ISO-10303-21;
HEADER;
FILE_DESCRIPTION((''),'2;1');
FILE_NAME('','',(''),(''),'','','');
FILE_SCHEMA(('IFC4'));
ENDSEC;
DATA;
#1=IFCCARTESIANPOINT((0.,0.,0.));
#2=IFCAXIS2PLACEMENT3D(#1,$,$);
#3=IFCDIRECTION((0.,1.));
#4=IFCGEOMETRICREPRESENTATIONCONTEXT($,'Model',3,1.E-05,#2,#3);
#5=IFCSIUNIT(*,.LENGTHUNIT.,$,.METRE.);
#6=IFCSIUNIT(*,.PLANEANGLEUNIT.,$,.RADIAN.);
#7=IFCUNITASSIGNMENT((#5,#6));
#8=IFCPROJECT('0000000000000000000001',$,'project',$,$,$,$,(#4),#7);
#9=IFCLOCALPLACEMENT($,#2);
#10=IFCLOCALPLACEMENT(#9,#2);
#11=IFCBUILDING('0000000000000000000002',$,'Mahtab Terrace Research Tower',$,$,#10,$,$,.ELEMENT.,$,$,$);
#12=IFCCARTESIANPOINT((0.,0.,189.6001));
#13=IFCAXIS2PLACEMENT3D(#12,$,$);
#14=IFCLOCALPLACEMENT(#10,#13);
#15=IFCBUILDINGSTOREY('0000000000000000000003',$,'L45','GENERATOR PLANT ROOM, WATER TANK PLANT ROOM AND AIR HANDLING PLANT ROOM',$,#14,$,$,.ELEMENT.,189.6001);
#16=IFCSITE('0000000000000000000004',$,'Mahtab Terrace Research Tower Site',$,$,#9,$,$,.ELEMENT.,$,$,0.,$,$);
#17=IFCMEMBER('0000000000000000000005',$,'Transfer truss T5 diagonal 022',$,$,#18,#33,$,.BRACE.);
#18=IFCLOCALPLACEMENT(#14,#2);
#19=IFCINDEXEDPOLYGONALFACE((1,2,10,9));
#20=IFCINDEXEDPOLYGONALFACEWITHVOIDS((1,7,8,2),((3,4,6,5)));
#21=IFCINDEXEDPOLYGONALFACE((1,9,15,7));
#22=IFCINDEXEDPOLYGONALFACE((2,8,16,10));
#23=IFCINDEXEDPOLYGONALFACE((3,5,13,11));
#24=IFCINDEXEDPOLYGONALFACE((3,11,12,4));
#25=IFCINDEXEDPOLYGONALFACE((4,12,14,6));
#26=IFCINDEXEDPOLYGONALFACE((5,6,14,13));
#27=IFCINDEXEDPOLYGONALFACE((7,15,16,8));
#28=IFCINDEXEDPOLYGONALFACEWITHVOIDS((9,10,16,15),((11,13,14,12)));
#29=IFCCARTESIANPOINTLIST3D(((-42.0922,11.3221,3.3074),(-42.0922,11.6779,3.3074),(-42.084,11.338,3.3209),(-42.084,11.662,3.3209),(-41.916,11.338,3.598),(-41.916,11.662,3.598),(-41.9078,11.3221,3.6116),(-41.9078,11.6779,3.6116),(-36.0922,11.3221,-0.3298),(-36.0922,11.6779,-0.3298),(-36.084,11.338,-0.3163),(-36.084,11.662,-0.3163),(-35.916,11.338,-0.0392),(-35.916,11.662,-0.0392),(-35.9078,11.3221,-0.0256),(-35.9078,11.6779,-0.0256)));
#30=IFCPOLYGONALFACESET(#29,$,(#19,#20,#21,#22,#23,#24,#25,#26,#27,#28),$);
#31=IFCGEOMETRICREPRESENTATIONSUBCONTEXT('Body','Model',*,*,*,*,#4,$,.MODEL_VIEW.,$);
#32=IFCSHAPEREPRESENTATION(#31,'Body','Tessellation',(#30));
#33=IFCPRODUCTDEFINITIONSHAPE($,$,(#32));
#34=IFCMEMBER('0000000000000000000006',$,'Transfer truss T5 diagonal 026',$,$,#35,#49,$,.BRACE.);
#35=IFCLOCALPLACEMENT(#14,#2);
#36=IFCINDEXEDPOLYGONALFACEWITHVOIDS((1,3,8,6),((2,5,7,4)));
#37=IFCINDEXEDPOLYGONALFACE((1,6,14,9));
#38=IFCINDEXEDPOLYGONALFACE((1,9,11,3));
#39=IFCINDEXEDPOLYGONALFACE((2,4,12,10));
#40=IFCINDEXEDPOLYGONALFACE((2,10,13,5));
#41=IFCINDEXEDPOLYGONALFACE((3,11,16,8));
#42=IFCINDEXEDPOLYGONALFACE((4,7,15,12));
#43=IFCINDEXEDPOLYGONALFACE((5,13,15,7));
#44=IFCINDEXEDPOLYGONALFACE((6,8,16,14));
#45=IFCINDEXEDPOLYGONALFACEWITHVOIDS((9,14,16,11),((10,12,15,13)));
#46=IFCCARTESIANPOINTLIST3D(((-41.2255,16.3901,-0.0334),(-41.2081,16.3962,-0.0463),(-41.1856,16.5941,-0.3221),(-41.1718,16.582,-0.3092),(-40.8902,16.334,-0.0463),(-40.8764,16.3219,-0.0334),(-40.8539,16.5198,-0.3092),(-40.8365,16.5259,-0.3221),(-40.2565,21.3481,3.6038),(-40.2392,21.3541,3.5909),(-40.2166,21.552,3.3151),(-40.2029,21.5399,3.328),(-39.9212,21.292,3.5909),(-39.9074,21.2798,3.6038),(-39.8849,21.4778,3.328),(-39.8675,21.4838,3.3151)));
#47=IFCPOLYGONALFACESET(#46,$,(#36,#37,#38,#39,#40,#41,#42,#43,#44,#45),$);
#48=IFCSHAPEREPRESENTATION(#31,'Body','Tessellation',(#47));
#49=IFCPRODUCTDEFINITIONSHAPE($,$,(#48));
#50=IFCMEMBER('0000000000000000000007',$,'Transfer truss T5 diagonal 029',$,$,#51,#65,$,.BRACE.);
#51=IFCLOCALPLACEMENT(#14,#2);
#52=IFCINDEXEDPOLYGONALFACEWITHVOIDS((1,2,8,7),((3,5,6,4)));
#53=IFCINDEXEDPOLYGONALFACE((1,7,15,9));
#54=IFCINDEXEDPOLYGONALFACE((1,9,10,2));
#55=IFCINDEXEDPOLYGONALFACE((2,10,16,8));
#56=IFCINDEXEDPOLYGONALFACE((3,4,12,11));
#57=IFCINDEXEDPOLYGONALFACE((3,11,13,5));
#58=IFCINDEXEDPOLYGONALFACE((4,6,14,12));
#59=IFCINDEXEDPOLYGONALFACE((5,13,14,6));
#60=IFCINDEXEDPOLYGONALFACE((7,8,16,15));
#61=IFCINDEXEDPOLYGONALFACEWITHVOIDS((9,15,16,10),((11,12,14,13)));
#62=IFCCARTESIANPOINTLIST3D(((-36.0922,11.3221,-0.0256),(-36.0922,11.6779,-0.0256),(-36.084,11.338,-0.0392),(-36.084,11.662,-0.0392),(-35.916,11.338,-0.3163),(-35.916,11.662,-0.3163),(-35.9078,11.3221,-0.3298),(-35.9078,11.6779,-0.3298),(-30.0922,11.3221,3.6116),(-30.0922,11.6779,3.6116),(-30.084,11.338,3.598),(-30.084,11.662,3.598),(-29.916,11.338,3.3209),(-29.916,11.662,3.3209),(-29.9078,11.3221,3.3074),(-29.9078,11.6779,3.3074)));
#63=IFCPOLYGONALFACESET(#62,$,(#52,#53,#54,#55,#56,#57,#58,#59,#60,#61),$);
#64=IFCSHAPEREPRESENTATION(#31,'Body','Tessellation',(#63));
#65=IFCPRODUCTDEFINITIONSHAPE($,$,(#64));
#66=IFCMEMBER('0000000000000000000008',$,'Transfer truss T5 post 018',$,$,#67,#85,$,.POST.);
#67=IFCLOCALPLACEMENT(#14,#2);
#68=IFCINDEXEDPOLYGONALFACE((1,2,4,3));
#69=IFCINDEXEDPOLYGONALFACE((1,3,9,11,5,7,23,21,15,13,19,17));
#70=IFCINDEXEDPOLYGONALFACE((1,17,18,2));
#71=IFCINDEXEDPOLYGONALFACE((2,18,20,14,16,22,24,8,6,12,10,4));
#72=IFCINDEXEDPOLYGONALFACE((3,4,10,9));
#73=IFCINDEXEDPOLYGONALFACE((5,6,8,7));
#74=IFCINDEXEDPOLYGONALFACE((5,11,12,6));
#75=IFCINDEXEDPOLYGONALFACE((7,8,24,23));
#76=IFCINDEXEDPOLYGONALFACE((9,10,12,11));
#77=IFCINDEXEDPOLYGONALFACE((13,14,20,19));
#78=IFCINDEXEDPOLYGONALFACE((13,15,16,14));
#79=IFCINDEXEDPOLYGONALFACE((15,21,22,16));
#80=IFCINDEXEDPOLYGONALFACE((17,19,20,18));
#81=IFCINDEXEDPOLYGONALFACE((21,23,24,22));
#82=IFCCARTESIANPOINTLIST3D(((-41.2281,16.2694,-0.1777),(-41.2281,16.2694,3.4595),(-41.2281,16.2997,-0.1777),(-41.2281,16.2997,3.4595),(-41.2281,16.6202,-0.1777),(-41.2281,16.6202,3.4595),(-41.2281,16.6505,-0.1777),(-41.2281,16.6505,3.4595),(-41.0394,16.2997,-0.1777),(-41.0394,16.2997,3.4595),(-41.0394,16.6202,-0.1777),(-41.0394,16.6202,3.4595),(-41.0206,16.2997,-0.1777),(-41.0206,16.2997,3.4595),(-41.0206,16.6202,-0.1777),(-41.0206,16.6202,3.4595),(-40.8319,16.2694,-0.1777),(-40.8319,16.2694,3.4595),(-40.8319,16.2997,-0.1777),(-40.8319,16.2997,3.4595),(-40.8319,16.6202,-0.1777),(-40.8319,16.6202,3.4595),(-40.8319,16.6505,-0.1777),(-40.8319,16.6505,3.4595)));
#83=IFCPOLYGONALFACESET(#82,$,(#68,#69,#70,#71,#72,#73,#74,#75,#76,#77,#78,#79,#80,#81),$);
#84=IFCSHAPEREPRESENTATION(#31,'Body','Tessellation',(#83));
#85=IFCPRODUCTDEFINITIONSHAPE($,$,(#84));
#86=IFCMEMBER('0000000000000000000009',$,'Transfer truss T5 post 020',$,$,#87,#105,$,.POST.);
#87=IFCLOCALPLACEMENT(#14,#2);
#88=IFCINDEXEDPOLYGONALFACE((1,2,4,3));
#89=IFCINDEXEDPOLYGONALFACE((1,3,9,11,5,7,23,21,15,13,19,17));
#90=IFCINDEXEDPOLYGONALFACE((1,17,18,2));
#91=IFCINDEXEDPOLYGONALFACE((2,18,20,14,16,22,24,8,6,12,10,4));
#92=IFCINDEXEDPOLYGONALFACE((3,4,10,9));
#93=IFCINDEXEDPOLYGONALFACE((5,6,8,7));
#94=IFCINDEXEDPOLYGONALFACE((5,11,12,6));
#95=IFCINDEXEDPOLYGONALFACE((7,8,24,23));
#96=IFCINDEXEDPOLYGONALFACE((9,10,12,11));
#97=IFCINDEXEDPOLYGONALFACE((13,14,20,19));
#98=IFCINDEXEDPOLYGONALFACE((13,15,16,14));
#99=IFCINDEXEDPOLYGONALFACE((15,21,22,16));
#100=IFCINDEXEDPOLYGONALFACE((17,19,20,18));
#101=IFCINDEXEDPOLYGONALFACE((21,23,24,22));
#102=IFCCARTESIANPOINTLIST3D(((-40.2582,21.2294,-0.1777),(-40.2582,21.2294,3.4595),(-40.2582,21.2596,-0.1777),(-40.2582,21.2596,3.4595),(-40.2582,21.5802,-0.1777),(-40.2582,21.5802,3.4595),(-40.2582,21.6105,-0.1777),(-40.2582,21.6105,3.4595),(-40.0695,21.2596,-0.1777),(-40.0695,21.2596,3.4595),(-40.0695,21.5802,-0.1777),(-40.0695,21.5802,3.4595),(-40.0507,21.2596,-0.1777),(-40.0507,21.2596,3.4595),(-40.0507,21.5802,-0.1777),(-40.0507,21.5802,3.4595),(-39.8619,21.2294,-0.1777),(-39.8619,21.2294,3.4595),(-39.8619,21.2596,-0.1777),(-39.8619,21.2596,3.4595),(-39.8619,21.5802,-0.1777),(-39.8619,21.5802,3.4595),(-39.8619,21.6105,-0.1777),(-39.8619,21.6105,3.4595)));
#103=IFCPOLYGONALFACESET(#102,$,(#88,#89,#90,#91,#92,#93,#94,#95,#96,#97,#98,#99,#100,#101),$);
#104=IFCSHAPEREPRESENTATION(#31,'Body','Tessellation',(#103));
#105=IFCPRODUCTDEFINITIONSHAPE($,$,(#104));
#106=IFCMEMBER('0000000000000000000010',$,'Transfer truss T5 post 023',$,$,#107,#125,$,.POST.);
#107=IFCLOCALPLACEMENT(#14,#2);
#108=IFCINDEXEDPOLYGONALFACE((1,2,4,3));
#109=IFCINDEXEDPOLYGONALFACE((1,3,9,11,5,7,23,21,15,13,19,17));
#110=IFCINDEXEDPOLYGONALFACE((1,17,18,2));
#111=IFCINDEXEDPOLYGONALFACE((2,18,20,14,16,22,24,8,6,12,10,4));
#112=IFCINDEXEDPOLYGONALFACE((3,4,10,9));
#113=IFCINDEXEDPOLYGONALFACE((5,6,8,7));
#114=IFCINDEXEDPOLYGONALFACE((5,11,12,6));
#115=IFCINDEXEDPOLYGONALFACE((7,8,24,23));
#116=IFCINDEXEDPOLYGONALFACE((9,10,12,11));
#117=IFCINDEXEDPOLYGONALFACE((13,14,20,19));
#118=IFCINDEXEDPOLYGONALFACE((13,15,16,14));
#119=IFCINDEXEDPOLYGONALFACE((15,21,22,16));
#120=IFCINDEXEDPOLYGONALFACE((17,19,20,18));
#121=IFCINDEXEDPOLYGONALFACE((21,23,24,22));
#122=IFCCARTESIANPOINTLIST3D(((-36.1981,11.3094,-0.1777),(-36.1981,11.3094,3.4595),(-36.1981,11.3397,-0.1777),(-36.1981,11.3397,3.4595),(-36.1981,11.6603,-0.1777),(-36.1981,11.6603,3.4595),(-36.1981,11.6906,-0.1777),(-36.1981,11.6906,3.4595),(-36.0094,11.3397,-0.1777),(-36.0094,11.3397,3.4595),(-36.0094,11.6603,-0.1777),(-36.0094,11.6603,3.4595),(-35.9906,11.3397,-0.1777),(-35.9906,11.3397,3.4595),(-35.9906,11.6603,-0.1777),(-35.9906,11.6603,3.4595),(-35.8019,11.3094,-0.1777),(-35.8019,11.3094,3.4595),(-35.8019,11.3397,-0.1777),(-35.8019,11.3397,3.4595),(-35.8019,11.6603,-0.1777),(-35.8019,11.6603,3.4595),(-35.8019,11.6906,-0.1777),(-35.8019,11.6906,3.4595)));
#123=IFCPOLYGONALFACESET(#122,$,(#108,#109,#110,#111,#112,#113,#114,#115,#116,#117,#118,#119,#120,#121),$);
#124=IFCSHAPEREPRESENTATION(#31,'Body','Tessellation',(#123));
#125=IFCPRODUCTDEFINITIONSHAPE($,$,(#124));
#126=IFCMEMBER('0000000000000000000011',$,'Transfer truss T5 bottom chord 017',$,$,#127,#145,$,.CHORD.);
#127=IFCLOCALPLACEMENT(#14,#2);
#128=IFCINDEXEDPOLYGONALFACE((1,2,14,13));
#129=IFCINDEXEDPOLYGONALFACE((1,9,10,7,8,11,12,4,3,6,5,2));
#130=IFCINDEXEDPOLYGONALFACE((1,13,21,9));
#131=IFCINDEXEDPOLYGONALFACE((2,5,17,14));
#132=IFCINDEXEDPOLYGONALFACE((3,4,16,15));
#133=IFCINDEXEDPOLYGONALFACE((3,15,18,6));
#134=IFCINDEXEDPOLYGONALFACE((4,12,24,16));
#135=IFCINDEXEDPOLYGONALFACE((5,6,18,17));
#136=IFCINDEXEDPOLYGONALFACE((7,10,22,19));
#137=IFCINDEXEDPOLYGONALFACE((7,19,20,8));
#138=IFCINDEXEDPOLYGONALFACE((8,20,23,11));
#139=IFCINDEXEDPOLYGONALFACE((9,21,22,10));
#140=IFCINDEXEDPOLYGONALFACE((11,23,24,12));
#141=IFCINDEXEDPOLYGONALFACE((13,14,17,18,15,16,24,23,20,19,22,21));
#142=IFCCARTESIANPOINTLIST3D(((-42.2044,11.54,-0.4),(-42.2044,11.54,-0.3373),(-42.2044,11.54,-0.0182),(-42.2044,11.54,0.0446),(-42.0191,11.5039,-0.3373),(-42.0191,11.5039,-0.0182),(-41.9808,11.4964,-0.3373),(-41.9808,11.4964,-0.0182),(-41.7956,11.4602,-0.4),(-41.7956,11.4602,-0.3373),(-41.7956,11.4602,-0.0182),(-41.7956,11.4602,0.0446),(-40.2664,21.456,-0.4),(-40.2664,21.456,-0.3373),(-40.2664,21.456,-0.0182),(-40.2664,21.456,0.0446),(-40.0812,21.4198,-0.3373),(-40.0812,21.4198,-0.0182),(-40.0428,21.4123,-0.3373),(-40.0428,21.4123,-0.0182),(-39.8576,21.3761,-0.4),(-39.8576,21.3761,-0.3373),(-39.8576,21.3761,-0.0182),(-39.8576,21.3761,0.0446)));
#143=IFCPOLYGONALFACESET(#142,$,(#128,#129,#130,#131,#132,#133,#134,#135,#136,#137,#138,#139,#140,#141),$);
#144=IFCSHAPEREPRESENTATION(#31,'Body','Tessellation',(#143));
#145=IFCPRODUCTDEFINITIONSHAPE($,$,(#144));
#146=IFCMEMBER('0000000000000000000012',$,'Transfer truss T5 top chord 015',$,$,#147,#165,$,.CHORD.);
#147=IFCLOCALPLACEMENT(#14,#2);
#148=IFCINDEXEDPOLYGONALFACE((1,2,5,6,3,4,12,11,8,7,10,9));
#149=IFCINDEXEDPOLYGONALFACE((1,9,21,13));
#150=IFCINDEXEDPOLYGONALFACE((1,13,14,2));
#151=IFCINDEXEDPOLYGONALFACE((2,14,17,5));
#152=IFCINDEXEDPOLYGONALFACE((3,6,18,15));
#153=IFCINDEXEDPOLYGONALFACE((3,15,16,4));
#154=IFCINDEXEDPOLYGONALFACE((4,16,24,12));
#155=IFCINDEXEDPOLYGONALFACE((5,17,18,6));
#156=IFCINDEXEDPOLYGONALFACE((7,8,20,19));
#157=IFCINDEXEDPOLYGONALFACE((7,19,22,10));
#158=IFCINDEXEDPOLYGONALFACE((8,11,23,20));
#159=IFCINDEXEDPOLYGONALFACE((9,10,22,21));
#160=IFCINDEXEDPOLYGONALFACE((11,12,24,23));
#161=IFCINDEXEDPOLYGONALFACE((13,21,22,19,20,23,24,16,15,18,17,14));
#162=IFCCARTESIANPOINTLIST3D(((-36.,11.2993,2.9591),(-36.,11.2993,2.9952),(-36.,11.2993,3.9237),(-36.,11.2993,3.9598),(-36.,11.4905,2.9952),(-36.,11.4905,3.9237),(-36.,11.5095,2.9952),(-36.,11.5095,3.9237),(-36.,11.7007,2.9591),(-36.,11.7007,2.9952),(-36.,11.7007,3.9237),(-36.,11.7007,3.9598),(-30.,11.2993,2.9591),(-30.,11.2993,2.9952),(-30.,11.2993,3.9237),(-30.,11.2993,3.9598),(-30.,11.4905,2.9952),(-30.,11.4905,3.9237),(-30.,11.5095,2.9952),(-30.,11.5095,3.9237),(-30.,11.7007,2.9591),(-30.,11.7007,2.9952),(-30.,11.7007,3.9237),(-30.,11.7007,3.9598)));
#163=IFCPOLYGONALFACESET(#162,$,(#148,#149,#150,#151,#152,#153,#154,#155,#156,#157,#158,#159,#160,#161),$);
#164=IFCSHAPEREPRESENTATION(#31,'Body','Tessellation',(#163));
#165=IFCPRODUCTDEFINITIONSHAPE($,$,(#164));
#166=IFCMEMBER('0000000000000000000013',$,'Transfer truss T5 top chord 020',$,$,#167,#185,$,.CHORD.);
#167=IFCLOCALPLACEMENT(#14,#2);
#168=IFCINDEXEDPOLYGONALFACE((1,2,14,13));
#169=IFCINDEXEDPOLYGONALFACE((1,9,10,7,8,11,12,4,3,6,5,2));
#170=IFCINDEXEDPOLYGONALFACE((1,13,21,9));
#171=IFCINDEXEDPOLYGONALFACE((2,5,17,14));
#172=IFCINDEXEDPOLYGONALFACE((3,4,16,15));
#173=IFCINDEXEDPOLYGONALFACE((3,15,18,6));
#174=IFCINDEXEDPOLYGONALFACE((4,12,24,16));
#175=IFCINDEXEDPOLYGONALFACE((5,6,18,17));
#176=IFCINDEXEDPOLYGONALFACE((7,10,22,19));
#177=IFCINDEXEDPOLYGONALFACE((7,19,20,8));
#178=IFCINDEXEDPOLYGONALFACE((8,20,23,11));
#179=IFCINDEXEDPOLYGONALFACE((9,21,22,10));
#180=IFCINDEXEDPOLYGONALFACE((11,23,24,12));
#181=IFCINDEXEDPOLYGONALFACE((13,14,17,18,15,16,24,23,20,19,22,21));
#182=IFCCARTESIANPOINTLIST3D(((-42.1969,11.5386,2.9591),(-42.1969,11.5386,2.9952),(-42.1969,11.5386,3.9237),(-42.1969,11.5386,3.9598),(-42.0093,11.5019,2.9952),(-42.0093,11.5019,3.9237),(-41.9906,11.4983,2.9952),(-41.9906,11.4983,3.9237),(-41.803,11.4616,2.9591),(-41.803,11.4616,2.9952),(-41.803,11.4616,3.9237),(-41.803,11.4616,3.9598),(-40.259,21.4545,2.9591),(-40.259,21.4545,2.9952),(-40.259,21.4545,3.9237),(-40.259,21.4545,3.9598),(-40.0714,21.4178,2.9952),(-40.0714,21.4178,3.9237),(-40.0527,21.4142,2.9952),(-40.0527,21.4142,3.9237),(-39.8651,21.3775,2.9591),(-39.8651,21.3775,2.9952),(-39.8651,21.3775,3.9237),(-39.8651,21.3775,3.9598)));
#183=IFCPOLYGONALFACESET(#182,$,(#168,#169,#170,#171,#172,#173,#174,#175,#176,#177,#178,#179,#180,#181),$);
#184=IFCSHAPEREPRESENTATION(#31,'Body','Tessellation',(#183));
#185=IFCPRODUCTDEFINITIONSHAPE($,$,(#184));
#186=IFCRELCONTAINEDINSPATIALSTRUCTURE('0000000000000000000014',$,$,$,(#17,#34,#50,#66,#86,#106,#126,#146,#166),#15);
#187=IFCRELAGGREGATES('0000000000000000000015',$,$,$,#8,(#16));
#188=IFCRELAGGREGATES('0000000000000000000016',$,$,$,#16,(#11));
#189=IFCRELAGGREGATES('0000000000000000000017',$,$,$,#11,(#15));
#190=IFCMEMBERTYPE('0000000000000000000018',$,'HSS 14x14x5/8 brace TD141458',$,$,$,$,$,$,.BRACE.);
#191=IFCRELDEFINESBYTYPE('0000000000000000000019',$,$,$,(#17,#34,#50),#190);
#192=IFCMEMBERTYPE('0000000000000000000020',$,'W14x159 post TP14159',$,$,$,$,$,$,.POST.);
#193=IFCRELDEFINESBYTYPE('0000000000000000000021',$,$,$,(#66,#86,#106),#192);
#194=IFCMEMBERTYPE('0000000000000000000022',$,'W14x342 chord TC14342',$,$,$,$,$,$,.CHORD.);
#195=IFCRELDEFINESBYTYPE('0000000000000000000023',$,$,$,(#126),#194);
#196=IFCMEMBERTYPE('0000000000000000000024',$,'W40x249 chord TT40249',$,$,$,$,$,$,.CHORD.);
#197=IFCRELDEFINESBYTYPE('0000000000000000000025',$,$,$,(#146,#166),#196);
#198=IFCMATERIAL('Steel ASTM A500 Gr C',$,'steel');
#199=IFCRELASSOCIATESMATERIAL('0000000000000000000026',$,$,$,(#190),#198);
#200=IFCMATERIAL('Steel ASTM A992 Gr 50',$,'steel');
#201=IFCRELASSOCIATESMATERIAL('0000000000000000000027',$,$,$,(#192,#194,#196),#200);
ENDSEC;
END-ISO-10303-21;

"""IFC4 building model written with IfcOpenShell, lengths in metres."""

from ifc_helpers import new_model, si_unit, direction, frame, origin, origin_2d, place, context, subcontext, project, spatial, hollow_rectangle, i_section, extrude, material, material_profile, profile_set, type_object, element, save


model = new_model("IFC4")

# Units and contexts
model_context = context("Model", 3, precision=1e-05, world=origin(), true_north=direction((0.0, 1.0)))
body_context = subcontext(model_context, "Body", "Model", "MODEL_VIEW")
ifc_project = project(units=[si_unit("LENGTHUNIT", "METRE"), si_unit("PLANEANGLEUNIT", "RADIAN")], contexts=[model_context])

# Site, building, storey
site_placement = place(None, origin())
site = spatial("IfcSite", under=ifc_project, at=site_placement, Name="Mahtab Terrace Research Tower Site", CompositionType="ELEMENT", RefElevation=0.0)
building_placement = place(site_placement, origin())
building = spatial("IfcBuilding", under=site, at=building_placement, Name="Mahtab Terrace Research Tower", CompositionType="ELEMENT")
storey_placement = place(building_placement, frame((0.0, 0.0, 189.6001)))
storey = spatial("IfcBuildingStorey", under=building, at=storey_placement, Name="L45", Description="GENERATOR PLANT ROOM, WATER TANK PLANT ROOM AND AIR HANDLING PLANT ROOM", CompositionType="ELEMENT", Elevation=189.6001)

# Members
ifc_material_1 = material(Name="Steel ASTM A500 Gr C", Category="steel")
ifc_material_profile_1 = material_profile(ifc_material_1, hollow_rectangle(XDim=0.3557, YDim=0.3557, WallThickness=0.0159, at=origin_2d()), Name="HSS14X14X5/8")
ifc_profile_set_1 = profile_set([ifc_material_profile_1], Name="Steel ASTM A500 Gr C")
member_type_1 = type_object("IfcMemberType", Name="HSS 14x14x5/8 brace TD141458", PredefinedType="BRACE", material=ifc_profile_set_1)
member_1_placement = place(storey_placement, frame((-36.0, 11.5, -0.1777), z_axis=(-0.855145, 0.0, 0.51839), x_axis=(0.0, -1.0, 0.0)))
element("IfcMember", 1, at=member_1_placement, inside=storey, type_object=member_type_1, Name="Transfer truss T5 diagonal 022", PredefinedType="BRACE", context=body_context, shape_type="SweptSolid", body=[
    extrude(hollow_rectangle(XDim=0.3557, YDim=0.3557, WallThickness=0.0159, at=origin_2d()), origin(), (0.0, 0.0, 1.0), 7.0164),
])
member_2_placement = place(storey_placement, frame((-41.031, 16.458, -0.1777), z_axis=(0.155663, 0.796473, 0.584294), x_axis=(-0.981432, 0.191811, 0.0)))
element("IfcMember", 2, at=member_2_placement, inside=storey, type_object=member_type_1, Name="Transfer truss T5 diagonal 026", PredefinedType="BRACE", context=body_context, shape_type="SweptSolid", body=[
    extrude(hollow_rectangle(XDim=0.3557, YDim=0.3557, WallThickness=0.0159, at=origin_2d()), origin(), (0.0, 0.0, 1.0), 6.2249),
])
member_3_placement = place(storey_placement, frame((-36.0, 11.5, -0.1777), z_axis=(0.855145, 0.0, 0.51839), x_axis=(0.0, 1.0, 0.0)))
element("IfcMember", 3, at=member_3_placement, inside=storey, type_object=member_type_1, Name="Transfer truss T5 diagonal 029", PredefinedType="BRACE", context=body_context, shape_type="SweptSolid", body=[
    extrude(hollow_rectangle(XDim=0.3557, YDim=0.3557, WallThickness=0.0159, at=origin_2d()), origin(), (0.0, 0.0, 1.0), 7.0164),
])
ifc_material_2 = material(Name="Steel ASTM A992 Gr 50", Category="steel")
ifc_material_profile_2 = material_profile(ifc_material_2, i_section(OverallWidth=0.3962, OverallDepth=0.3811, WebThickness=0.0188, FlangeThickness=0.0303, at=origin_2d()), Name="W14X159")
ifc_profile_set_2 = profile_set([ifc_material_profile_2], Name="Steel ASTM A992 Gr 50")
member_type_2 = type_object("IfcMemberType", Name="W14x159 post TP14159", PredefinedType="POST", material=ifc_profile_set_2)
for number, where, z_axis, x_axis, name in (
    (4, (-41.03, 16.46, -0.1777), (0.0, 0.0, 1.0), (1.0, 0.0, 0.0), "Transfer truss T5 post 018"),
    (5, (-40.0601, 21.4199, -0.1777), (0.0, 0.0, 1.0), (1.0, 0.0, 0.0), "Transfer truss T5 post 020"),
    (6, (-36.0, 11.5, -0.1777), (0.0, 0.0, 1.0), (1.0, 0.0, 0.0), "Transfer truss T5 post 023"),
):
    element("IfcMember", number, at=place(storey_placement, frame(where, z_axis=z_axis, x_axis=x_axis)), inside=storey, type_object=member_type_2, Name=name, PredefinedType="POST", context=body_context, shape_type="SweptSolid", body=[
        extrude(i_section(OverallWidth=0.3962, OverallDepth=0.3811, WebThickness=0.0188, FlangeThickness=0.0303, at=origin_2d()), origin(), (0.0, 0.0, 1.0), 3.6372),
    ])
ifc_material_profile_3 = material_profile(ifc_material_2, i_section(OverallWidth=0.4165, OverallDepth=0.4446, WebThickness=0.0391, FlangeThickness=0.0627, at=origin_2d()), Name="W14X342")
ifc_profile_set_3 = profile_set([ifc_material_profile_3], Name="Steel ASTM A992 Gr 50")
member_type_3 = type_object("IfcMemberType", Name="W14x342 chord TC14342", PredefinedType="CHORD", material=ifc_profile_set_3)
member_4_placement = place(storey_placement, frame((-40.062, 21.416, -0.1777), z_axis=(-0.191811, -0.981432, 0.0), x_axis=(0.981432, -0.191811, 0.0)))
element("IfcMember", 7, at=member_4_placement, inside=storey, type_object=member_type_3, Name="Transfer truss T5 bottom chord 017", PredefinedType="CHORD", context=body_context, shape_type="SweptSolid", body=[
    extrude(i_section(OverallWidth=0.4165, OverallDepth=0.4446, WebThickness=0.0391, FlangeThickness=0.0627, at=origin_2d()), origin(), (0.0, 0.0, 1.0), 10.1035),
])
ifc_material_profile_4 = material_profile(ifc_material_2, i_section(OverallWidth=0.4014, OverallDepth=1.0007, WebThickness=0.019, FlangeThickness=0.0361, at=origin_2d()), Name="W40X249")
ifc_profile_set_4 = profile_set([ifc_material_profile_4], Name="Steel ASTM A992 Gr 50")
member_type_4 = type_object("IfcMemberType", Name="W40x249 chord TT40249", PredefinedType="CHORD", material=ifc_profile_set_4)
member_5_placement = place(storey_placement, frame((-36.0, 11.5, 3.4595), z_axis=(1.0, 0.0, 0.0), x_axis=(0.0, 1.0, 0.0)))
element("IfcMember", 8, at=member_5_placement, inside=storey, type_object=member_type_4, Name="Transfer truss T5 top chord 015", PredefinedType="CHORD", context=body_context, shape_type="SweptSolid", body=[
    extrude(i_section(OverallWidth=0.4014, OverallDepth=1.0007, WebThickness=0.019, FlangeThickness=0.0361, at=origin_2d()), origin(), (0.0, 0.0, 1.0), 6.0),
])
member_6_placement = place(storey_placement, frame((-40.062, 21.416, 3.4595), z_axis=(-0.191811, -0.981432, 0.0), x_axis=(0.981432, -0.191811, 0.0)))
element("IfcMember", 9, at=member_6_placement, inside=storey, type_object=member_type_4, Name="Transfer truss T5 top chord 020", PredefinedType="CHORD", context=body_context, shape_type="SweptSolid", body=[
    extrude(i_section(OverallWidth=0.4014, OverallDepth=1.0007, WebThickness=0.019, FlangeThickness=0.0361, at=origin_2d()), origin(), (0.0, 0.0, 1.0), 10.1035),
])

save(model, "model.ifc")
